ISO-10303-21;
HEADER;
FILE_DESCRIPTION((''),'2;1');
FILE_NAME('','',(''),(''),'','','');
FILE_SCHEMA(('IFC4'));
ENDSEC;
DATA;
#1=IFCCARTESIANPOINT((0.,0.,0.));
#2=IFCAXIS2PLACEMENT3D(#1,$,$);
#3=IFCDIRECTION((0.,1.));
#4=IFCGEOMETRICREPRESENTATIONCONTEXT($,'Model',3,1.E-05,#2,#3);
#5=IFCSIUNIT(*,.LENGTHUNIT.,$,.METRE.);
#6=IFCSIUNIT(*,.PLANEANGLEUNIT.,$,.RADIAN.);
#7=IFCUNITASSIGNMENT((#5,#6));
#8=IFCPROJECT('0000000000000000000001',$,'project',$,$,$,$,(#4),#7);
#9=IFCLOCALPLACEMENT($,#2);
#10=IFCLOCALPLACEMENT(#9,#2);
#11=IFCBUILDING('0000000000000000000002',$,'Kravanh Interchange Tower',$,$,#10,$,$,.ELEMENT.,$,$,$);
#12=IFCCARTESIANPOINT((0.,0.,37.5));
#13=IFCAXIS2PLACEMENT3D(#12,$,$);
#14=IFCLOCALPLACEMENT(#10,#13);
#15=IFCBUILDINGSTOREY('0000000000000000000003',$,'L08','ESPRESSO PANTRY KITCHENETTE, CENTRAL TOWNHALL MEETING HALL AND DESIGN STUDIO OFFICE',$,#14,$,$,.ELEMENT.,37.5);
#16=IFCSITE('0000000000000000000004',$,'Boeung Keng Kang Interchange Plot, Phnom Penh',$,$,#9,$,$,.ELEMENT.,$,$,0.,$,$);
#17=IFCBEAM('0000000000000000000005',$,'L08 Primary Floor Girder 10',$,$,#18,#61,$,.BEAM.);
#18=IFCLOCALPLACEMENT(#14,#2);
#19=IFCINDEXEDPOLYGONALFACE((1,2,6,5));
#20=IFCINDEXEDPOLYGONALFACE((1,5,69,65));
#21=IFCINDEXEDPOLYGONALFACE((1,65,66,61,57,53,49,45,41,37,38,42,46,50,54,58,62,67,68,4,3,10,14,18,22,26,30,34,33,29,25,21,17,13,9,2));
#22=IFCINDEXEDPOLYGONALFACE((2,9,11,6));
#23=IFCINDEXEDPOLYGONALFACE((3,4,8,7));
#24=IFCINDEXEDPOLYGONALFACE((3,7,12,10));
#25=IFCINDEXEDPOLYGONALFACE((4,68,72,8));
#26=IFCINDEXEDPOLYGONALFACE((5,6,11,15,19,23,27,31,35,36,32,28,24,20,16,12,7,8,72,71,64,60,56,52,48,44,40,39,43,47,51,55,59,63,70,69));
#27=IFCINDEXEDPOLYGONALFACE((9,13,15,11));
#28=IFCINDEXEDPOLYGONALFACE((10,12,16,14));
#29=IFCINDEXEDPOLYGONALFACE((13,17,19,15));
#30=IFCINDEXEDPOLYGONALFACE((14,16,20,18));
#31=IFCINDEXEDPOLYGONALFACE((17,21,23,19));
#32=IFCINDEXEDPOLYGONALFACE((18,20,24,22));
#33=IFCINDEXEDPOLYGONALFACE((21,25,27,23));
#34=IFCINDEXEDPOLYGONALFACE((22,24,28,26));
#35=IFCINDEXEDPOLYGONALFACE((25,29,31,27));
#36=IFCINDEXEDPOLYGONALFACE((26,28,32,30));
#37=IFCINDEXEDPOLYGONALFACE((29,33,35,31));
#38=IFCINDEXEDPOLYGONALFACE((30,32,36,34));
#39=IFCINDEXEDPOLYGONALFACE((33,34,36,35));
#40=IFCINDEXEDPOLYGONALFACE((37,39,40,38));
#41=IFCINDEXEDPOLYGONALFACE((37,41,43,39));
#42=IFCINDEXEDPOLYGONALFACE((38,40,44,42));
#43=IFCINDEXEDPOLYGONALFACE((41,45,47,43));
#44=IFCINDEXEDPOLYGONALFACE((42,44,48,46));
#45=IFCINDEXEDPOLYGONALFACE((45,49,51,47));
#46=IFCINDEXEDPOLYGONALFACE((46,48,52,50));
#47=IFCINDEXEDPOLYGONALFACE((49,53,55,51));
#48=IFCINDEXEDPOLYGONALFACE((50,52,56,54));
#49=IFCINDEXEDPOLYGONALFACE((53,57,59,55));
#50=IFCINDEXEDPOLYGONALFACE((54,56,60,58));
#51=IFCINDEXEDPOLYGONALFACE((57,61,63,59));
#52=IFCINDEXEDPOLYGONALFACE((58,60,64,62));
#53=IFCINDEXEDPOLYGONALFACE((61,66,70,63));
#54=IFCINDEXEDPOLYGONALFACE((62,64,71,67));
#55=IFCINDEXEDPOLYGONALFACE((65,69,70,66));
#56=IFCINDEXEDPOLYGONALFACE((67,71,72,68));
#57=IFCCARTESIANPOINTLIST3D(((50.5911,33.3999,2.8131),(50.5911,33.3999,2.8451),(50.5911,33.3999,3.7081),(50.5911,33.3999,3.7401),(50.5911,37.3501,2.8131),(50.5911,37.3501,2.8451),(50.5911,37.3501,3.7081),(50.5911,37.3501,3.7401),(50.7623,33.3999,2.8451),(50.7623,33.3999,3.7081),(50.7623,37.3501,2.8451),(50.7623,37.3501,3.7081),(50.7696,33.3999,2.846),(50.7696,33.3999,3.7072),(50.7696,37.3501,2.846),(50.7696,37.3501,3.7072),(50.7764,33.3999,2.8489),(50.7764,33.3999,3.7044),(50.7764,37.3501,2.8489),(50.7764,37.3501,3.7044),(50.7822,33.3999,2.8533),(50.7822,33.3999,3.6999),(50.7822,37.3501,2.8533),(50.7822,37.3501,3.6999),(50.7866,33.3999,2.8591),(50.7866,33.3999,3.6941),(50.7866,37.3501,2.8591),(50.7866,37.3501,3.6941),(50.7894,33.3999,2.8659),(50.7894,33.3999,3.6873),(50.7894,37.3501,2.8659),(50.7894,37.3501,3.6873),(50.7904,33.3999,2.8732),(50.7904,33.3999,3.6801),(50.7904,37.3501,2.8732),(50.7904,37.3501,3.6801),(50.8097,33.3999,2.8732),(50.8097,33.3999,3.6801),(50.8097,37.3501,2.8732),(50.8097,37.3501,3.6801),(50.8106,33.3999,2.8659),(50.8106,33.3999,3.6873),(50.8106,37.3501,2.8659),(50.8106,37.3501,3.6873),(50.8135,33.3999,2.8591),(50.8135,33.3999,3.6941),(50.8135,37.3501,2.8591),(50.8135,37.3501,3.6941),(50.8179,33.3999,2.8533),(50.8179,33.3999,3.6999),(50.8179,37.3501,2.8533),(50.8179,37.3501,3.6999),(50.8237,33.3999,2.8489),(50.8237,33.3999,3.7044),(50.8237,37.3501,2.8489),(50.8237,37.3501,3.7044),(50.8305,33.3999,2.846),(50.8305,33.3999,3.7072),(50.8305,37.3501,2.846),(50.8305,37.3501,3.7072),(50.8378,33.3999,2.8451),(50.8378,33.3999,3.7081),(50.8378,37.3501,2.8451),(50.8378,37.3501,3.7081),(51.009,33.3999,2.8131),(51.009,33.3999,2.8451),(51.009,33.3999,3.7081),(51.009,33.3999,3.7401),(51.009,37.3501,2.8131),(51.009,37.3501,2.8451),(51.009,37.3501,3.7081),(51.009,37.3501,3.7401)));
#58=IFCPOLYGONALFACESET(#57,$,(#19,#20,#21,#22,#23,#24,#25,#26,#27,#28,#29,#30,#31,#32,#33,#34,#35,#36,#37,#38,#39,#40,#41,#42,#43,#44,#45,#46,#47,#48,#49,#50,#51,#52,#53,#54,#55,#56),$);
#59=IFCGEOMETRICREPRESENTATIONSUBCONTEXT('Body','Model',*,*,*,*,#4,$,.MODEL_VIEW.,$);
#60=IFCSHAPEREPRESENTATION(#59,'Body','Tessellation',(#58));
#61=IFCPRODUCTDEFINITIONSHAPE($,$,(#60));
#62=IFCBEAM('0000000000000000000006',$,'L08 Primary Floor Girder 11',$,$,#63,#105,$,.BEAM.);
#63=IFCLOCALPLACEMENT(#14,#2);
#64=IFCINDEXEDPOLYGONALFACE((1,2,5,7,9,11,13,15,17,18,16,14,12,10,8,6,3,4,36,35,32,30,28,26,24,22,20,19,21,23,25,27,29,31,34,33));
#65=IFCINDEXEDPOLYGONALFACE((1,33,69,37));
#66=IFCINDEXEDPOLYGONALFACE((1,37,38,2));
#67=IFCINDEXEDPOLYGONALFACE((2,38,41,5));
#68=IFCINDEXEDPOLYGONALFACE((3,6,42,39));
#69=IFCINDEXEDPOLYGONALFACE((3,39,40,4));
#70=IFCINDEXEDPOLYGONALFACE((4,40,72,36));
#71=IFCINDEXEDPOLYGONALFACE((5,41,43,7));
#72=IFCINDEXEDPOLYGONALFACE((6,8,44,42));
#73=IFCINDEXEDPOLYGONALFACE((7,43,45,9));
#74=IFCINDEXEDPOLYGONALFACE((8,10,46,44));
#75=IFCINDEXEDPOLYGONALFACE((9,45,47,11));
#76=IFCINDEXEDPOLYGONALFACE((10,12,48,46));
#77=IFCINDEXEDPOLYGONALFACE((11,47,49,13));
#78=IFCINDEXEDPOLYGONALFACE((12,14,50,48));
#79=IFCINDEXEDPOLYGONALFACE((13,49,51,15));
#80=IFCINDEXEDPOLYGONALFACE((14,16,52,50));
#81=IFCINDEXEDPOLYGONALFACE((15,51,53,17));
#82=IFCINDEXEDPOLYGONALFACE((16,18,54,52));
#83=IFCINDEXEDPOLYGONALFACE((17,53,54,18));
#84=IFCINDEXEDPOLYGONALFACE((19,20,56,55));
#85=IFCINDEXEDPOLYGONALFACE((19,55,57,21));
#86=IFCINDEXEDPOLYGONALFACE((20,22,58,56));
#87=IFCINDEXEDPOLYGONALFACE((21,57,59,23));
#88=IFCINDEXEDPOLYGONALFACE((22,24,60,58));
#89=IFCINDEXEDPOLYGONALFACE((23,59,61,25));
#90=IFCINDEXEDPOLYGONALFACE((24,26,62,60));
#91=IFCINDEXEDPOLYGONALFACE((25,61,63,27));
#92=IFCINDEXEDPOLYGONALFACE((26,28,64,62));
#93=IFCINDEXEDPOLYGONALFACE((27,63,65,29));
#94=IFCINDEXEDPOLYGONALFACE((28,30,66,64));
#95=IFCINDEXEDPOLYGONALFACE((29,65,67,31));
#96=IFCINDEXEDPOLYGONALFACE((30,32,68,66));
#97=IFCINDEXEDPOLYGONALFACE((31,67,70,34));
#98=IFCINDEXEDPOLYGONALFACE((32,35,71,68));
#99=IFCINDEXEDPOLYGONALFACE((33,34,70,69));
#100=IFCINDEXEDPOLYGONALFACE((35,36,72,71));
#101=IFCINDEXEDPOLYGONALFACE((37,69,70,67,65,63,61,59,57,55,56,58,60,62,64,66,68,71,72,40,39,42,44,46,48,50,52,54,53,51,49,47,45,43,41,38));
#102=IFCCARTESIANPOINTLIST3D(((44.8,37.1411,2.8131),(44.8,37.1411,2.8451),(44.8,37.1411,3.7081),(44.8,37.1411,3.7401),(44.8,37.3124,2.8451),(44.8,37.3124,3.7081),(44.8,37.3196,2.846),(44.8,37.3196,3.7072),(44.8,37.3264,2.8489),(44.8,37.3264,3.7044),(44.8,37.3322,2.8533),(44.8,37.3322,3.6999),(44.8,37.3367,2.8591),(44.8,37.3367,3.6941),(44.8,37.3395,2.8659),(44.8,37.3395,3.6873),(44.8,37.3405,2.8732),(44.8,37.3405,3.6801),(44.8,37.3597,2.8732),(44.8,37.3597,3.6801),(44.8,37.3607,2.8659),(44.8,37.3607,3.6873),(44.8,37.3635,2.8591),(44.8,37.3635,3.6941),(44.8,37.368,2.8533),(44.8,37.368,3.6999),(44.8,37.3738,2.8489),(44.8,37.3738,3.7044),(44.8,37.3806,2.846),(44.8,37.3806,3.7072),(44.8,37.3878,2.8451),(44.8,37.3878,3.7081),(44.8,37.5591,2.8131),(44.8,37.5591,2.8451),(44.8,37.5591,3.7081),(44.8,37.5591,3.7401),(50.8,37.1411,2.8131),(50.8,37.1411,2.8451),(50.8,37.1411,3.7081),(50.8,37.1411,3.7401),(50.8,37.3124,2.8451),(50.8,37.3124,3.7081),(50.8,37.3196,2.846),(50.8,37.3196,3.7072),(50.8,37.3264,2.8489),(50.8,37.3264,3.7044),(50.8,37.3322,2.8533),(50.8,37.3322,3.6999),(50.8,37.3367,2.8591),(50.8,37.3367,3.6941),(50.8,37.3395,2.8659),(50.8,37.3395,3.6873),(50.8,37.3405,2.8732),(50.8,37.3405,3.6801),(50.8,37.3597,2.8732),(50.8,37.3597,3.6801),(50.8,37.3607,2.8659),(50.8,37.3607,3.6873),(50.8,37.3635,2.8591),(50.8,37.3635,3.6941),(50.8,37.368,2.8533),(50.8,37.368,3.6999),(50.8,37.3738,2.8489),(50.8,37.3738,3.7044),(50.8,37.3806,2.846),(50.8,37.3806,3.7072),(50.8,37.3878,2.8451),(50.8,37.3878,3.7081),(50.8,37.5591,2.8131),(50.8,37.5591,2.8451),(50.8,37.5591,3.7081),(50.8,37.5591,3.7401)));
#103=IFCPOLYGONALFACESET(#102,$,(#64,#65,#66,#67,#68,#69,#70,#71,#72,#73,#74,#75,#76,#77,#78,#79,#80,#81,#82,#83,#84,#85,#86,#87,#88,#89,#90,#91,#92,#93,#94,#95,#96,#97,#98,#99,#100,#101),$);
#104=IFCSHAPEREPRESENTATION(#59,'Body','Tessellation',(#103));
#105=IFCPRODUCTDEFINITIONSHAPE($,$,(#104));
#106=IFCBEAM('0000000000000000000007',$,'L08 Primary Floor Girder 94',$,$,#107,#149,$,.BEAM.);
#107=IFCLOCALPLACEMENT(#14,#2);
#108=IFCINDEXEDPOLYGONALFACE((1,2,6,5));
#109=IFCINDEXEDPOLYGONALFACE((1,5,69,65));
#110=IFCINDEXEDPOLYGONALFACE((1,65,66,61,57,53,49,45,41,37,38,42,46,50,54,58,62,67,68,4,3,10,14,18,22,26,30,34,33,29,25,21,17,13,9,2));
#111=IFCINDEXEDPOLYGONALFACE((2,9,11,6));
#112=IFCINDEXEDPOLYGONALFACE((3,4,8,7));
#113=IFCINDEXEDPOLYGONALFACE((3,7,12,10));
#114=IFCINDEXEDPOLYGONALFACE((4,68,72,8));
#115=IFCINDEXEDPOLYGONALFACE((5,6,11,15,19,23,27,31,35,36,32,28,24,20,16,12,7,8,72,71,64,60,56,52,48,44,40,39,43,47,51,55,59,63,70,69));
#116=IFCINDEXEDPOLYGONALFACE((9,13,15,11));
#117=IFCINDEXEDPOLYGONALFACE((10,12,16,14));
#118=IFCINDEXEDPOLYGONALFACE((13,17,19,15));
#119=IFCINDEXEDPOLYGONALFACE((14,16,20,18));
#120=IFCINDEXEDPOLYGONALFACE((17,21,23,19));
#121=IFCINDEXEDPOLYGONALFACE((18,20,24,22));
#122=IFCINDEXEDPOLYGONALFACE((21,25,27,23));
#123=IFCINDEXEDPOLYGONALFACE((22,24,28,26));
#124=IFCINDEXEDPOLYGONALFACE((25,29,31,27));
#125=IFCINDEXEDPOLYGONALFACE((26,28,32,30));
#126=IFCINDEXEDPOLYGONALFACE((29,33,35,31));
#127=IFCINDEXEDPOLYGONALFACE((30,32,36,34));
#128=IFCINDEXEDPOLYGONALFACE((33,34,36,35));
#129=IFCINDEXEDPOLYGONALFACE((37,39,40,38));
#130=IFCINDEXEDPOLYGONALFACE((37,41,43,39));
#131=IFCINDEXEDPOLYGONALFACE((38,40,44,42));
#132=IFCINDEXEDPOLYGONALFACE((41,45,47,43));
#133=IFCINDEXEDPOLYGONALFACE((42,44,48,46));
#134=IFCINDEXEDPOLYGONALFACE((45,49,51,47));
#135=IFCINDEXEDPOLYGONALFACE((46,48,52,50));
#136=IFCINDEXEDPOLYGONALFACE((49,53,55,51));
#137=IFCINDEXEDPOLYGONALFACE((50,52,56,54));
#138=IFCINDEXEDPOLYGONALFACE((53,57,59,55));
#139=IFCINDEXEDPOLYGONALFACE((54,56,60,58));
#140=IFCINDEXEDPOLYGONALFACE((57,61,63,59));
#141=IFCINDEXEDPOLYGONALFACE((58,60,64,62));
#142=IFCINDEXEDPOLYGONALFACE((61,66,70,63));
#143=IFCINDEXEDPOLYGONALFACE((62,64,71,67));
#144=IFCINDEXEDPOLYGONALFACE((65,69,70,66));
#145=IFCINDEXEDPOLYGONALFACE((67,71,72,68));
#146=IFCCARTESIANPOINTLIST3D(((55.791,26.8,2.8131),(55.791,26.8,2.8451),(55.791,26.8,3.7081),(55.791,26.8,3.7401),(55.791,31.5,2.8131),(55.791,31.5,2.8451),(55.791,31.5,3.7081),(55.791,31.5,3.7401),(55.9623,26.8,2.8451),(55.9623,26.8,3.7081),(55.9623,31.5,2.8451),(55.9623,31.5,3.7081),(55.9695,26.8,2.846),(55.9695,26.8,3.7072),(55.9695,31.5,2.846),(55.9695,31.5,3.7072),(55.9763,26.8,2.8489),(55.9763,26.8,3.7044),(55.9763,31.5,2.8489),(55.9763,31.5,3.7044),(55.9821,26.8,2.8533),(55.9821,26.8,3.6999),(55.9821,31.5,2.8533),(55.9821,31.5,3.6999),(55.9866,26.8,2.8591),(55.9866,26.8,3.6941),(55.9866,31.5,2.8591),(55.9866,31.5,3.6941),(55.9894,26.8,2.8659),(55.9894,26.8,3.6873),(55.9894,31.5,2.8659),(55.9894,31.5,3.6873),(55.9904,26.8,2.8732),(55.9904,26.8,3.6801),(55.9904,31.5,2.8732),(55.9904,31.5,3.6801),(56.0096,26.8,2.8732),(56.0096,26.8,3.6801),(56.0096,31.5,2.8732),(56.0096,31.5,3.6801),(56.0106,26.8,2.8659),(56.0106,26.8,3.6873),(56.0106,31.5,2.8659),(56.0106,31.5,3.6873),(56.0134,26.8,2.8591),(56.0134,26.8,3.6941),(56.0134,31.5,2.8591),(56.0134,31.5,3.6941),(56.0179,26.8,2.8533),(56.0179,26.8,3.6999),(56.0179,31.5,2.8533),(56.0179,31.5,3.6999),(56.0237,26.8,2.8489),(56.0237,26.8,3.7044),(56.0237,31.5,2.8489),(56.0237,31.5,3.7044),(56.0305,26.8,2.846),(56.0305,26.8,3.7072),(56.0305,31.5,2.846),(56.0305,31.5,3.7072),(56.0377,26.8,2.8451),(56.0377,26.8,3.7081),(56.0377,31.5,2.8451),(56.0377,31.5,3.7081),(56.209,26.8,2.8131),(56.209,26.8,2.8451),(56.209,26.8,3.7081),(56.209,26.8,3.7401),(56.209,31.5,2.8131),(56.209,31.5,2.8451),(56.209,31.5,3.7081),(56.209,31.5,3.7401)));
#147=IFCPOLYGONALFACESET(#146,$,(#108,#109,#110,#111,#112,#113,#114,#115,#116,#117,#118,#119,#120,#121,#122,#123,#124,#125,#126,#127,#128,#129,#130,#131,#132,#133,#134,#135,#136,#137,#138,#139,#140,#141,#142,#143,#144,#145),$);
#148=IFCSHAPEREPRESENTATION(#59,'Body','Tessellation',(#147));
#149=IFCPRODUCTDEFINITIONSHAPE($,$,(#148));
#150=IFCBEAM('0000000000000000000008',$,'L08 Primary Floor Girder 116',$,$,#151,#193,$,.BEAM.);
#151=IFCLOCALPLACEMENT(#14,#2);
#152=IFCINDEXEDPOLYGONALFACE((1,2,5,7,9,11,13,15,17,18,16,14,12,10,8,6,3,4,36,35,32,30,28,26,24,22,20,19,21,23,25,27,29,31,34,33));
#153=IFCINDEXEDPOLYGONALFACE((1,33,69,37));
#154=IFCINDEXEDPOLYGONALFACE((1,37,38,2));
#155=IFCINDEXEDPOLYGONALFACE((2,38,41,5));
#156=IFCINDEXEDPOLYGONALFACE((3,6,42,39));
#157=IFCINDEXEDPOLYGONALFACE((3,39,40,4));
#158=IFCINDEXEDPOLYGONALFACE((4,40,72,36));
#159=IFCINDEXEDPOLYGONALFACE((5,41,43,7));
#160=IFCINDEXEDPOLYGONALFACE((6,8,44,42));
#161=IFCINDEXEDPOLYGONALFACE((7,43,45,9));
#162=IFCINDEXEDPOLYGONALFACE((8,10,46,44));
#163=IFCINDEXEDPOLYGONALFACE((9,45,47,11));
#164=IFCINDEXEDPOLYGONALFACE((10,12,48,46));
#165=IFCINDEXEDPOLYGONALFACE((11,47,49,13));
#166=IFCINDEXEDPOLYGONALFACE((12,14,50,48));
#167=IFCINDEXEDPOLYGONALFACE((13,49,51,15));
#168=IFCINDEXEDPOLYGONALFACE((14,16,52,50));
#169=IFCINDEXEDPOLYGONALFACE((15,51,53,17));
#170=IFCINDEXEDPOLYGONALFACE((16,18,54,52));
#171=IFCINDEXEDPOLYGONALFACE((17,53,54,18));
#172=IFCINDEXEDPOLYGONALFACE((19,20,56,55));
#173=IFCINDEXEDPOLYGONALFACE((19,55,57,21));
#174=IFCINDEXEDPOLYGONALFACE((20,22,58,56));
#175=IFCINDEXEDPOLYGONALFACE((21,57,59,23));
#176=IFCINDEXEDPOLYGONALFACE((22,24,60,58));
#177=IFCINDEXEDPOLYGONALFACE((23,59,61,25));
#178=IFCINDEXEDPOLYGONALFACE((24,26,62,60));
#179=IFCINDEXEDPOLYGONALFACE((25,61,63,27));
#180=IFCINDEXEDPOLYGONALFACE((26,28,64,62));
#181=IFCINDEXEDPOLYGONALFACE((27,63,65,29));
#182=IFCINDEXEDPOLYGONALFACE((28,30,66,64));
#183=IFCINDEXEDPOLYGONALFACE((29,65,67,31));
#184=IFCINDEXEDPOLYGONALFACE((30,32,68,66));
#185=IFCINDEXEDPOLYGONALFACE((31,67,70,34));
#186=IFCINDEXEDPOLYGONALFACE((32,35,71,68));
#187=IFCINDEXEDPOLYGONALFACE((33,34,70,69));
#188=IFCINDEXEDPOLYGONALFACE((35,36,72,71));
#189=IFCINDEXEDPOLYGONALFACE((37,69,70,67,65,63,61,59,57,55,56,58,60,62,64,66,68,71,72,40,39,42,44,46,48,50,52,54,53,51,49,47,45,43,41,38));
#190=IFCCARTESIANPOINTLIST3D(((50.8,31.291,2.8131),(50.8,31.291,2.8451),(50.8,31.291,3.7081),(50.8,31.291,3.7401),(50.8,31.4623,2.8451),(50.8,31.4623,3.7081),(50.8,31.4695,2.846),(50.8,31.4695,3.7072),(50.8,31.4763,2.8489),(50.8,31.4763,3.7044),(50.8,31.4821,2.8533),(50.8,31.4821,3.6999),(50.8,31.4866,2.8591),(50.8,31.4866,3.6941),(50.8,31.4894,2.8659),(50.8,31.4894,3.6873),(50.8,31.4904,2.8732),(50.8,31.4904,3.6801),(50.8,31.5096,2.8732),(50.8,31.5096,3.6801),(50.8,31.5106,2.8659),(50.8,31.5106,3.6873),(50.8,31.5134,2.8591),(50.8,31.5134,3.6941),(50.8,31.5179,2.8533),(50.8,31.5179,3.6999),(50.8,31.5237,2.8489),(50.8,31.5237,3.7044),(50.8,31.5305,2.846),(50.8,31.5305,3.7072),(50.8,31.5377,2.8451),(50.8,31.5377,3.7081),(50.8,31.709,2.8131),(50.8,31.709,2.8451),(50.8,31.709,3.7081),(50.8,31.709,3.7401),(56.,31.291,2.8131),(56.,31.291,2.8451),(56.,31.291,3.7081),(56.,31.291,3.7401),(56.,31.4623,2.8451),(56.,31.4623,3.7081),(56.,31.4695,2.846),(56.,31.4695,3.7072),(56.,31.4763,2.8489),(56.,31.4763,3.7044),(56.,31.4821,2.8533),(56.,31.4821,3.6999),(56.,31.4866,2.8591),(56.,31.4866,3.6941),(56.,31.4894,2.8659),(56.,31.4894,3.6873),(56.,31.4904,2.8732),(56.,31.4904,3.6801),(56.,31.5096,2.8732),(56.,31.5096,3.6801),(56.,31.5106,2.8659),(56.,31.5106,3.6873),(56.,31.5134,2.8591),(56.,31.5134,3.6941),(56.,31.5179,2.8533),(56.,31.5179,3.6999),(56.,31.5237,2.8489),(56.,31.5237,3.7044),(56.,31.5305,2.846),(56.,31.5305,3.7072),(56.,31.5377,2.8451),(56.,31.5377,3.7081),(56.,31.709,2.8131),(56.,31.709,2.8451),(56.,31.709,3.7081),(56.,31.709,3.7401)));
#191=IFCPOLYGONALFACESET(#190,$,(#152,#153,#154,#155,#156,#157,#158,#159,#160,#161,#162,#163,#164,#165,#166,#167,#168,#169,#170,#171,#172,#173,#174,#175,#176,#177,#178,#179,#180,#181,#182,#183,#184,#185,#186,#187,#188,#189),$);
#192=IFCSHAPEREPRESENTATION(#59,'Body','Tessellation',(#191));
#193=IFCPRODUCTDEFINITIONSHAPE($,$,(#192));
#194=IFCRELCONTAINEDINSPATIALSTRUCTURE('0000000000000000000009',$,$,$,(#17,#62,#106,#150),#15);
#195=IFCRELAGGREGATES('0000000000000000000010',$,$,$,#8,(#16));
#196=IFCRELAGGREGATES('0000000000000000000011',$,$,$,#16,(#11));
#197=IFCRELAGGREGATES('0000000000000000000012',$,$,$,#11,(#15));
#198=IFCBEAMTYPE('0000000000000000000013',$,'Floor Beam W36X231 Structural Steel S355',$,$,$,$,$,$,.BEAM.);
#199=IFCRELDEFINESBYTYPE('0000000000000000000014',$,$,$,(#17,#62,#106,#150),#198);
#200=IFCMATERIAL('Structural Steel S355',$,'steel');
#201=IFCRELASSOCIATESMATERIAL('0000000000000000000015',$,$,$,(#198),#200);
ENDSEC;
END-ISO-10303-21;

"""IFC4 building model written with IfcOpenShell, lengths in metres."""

from ifc_helpers import new_model, si_unit, direction, frame, origin, origin_2d, place, context, subcontext, project, spatial, i_section, extrude, material, material_profile, profile_set, type_object, element, save


model = new_model("IFC4")

# Units and contexts
model_context = context("Model", 3, precision=1e-05, world=origin(), true_north=direction((0.0, 1.0)))
body_context = subcontext(model_context, "Body", "Model", "MODEL_VIEW")
ifc_project = project(units=[si_unit("LENGTHUNIT", "METRE"), si_unit("PLANEANGLEUNIT", "RADIAN")], contexts=[model_context])

# Site, building, storey
site_placement = place(None, origin())
site = spatial("IfcSite", under=ifc_project, at=site_placement, Name="Boeung Keng Kang Interchange Plot, Phnom Penh", CompositionType="ELEMENT", RefElevation=0.0)
building_placement = place(site_placement, origin())
building = spatial("IfcBuilding", under=site, at=building_placement, Name="Kravanh Interchange Tower", CompositionType="ELEMENT")
storey_placement = place(building_placement, frame((0.0, 0.0, 37.5)))
storey = spatial("IfcBuildingStorey", under=building, at=storey_placement, Name="L08", Description="ESPRESSO PANTRY KITCHENETTE, CENTRAL TOWNHALL MEETING HALL AND DESIGN STUDIO OFFICE", CompositionType="ELEMENT", Elevation=37.5)

# Beams
ifc_material_1 = material(Name="Structural Steel S355", Category="steel")
ifc_material_profile_1 = material_profile(ifc_material_1, i_section(OverallWidth=0.418, OverallDepth=0.927, WebThickness=0.0193, FlangeThickness=0.032, FilletRadius=0.0281, at=origin_2d()), Name="W36X231")
ifc_profile_set_1 = profile_set([ifc_material_profile_1], Name="Structural Steel S355")
beam_type_1 = type_object("IfcBeamType", Name="Floor Beam W36X231 Structural Steel S355", PredefinedType="BEAM", material=ifc_profile_set_1)
beam_1_placement = place(storey_placement, frame((50.8, 37.3501, 3.2766), z_axis=(0.0, -1.0, 0.0), x_axis=(1.0, 0.0, 0.0)))
element("IfcBeam", 1, at=beam_1_placement, inside=storey, type_object=beam_type_1, Name="L08 Primary Floor Girder 10", PredefinedType="BEAM", context=body_context, shape_type="SweptSolid", body=[
    extrude(i_section(OverallWidth=0.418, OverallDepth=0.927, WebThickness=0.0193, FlangeThickness=0.032, FilletRadius=0.0281, at=origin_2d()), origin(), (0.0, 0.0, 1.0), 3.9502),
])
beam_2_placement = place(storey_placement, frame((50.8, 37.3501, 3.2766), z_axis=(-1.0, 0.0, 0.0), x_axis=(0.0, -1.0, 0.0)))
element("IfcBeam", 2, at=beam_2_placement, inside=storey, type_object=beam_type_1, Name="L08 Primary Floor Girder 11", PredefinedType="BEAM", context=body_context, shape_type="SweptSolid", body=[
    extrude(i_section(OverallWidth=0.418, OverallDepth=0.927, WebThickness=0.0193, FlangeThickness=0.032, FilletRadius=0.0281, at=origin_2d()), origin(), (0.0, 0.0, 1.0), 6.0),
])
beam_3_placement = place(storey_placement, frame((56.0, 26.8, 3.2766), z_axis=(0.0, 1.0, 0.0), x_axis=(-1.0, 0.0, 0.0)))
element("IfcBeam", 3, at=beam_3_placement, inside=storey, type_object=beam_type_1, Name="L08 Primary Floor Girder 94", PredefinedType="BEAM", context=body_context, shape_type="SweptSolid", body=[
    extrude(i_section(OverallWidth=0.418, OverallDepth=0.927, WebThickness=0.0193, FlangeThickness=0.032, FilletRadius=0.0281, at=origin_2d()), origin(), (0.0, 0.0, 1.0), 4.7),
])
beam_4_placement = place(storey_placement, frame((50.8, 31.5, 3.2766), z_axis=(1.0, 0.0, 0.0), x_axis=(0.0, 1.0, 0.0)))
element("IfcBeam", 4, at=beam_4_placement, inside=storey, type_object=beam_type_1, Name="L08 Primary Floor Girder 116", PredefinedType="BEAM", context=body_context, shape_type="SweptSolid", body=[
    extrude(i_section(OverallWidth=0.418, OverallDepth=0.927, WebThickness=0.0193, FlangeThickness=0.032, FilletRadius=0.0281, at=origin_2d()), origin(), (0.0, 0.0, 1.0), 5.2),
])

save(model, "model.ifc")
